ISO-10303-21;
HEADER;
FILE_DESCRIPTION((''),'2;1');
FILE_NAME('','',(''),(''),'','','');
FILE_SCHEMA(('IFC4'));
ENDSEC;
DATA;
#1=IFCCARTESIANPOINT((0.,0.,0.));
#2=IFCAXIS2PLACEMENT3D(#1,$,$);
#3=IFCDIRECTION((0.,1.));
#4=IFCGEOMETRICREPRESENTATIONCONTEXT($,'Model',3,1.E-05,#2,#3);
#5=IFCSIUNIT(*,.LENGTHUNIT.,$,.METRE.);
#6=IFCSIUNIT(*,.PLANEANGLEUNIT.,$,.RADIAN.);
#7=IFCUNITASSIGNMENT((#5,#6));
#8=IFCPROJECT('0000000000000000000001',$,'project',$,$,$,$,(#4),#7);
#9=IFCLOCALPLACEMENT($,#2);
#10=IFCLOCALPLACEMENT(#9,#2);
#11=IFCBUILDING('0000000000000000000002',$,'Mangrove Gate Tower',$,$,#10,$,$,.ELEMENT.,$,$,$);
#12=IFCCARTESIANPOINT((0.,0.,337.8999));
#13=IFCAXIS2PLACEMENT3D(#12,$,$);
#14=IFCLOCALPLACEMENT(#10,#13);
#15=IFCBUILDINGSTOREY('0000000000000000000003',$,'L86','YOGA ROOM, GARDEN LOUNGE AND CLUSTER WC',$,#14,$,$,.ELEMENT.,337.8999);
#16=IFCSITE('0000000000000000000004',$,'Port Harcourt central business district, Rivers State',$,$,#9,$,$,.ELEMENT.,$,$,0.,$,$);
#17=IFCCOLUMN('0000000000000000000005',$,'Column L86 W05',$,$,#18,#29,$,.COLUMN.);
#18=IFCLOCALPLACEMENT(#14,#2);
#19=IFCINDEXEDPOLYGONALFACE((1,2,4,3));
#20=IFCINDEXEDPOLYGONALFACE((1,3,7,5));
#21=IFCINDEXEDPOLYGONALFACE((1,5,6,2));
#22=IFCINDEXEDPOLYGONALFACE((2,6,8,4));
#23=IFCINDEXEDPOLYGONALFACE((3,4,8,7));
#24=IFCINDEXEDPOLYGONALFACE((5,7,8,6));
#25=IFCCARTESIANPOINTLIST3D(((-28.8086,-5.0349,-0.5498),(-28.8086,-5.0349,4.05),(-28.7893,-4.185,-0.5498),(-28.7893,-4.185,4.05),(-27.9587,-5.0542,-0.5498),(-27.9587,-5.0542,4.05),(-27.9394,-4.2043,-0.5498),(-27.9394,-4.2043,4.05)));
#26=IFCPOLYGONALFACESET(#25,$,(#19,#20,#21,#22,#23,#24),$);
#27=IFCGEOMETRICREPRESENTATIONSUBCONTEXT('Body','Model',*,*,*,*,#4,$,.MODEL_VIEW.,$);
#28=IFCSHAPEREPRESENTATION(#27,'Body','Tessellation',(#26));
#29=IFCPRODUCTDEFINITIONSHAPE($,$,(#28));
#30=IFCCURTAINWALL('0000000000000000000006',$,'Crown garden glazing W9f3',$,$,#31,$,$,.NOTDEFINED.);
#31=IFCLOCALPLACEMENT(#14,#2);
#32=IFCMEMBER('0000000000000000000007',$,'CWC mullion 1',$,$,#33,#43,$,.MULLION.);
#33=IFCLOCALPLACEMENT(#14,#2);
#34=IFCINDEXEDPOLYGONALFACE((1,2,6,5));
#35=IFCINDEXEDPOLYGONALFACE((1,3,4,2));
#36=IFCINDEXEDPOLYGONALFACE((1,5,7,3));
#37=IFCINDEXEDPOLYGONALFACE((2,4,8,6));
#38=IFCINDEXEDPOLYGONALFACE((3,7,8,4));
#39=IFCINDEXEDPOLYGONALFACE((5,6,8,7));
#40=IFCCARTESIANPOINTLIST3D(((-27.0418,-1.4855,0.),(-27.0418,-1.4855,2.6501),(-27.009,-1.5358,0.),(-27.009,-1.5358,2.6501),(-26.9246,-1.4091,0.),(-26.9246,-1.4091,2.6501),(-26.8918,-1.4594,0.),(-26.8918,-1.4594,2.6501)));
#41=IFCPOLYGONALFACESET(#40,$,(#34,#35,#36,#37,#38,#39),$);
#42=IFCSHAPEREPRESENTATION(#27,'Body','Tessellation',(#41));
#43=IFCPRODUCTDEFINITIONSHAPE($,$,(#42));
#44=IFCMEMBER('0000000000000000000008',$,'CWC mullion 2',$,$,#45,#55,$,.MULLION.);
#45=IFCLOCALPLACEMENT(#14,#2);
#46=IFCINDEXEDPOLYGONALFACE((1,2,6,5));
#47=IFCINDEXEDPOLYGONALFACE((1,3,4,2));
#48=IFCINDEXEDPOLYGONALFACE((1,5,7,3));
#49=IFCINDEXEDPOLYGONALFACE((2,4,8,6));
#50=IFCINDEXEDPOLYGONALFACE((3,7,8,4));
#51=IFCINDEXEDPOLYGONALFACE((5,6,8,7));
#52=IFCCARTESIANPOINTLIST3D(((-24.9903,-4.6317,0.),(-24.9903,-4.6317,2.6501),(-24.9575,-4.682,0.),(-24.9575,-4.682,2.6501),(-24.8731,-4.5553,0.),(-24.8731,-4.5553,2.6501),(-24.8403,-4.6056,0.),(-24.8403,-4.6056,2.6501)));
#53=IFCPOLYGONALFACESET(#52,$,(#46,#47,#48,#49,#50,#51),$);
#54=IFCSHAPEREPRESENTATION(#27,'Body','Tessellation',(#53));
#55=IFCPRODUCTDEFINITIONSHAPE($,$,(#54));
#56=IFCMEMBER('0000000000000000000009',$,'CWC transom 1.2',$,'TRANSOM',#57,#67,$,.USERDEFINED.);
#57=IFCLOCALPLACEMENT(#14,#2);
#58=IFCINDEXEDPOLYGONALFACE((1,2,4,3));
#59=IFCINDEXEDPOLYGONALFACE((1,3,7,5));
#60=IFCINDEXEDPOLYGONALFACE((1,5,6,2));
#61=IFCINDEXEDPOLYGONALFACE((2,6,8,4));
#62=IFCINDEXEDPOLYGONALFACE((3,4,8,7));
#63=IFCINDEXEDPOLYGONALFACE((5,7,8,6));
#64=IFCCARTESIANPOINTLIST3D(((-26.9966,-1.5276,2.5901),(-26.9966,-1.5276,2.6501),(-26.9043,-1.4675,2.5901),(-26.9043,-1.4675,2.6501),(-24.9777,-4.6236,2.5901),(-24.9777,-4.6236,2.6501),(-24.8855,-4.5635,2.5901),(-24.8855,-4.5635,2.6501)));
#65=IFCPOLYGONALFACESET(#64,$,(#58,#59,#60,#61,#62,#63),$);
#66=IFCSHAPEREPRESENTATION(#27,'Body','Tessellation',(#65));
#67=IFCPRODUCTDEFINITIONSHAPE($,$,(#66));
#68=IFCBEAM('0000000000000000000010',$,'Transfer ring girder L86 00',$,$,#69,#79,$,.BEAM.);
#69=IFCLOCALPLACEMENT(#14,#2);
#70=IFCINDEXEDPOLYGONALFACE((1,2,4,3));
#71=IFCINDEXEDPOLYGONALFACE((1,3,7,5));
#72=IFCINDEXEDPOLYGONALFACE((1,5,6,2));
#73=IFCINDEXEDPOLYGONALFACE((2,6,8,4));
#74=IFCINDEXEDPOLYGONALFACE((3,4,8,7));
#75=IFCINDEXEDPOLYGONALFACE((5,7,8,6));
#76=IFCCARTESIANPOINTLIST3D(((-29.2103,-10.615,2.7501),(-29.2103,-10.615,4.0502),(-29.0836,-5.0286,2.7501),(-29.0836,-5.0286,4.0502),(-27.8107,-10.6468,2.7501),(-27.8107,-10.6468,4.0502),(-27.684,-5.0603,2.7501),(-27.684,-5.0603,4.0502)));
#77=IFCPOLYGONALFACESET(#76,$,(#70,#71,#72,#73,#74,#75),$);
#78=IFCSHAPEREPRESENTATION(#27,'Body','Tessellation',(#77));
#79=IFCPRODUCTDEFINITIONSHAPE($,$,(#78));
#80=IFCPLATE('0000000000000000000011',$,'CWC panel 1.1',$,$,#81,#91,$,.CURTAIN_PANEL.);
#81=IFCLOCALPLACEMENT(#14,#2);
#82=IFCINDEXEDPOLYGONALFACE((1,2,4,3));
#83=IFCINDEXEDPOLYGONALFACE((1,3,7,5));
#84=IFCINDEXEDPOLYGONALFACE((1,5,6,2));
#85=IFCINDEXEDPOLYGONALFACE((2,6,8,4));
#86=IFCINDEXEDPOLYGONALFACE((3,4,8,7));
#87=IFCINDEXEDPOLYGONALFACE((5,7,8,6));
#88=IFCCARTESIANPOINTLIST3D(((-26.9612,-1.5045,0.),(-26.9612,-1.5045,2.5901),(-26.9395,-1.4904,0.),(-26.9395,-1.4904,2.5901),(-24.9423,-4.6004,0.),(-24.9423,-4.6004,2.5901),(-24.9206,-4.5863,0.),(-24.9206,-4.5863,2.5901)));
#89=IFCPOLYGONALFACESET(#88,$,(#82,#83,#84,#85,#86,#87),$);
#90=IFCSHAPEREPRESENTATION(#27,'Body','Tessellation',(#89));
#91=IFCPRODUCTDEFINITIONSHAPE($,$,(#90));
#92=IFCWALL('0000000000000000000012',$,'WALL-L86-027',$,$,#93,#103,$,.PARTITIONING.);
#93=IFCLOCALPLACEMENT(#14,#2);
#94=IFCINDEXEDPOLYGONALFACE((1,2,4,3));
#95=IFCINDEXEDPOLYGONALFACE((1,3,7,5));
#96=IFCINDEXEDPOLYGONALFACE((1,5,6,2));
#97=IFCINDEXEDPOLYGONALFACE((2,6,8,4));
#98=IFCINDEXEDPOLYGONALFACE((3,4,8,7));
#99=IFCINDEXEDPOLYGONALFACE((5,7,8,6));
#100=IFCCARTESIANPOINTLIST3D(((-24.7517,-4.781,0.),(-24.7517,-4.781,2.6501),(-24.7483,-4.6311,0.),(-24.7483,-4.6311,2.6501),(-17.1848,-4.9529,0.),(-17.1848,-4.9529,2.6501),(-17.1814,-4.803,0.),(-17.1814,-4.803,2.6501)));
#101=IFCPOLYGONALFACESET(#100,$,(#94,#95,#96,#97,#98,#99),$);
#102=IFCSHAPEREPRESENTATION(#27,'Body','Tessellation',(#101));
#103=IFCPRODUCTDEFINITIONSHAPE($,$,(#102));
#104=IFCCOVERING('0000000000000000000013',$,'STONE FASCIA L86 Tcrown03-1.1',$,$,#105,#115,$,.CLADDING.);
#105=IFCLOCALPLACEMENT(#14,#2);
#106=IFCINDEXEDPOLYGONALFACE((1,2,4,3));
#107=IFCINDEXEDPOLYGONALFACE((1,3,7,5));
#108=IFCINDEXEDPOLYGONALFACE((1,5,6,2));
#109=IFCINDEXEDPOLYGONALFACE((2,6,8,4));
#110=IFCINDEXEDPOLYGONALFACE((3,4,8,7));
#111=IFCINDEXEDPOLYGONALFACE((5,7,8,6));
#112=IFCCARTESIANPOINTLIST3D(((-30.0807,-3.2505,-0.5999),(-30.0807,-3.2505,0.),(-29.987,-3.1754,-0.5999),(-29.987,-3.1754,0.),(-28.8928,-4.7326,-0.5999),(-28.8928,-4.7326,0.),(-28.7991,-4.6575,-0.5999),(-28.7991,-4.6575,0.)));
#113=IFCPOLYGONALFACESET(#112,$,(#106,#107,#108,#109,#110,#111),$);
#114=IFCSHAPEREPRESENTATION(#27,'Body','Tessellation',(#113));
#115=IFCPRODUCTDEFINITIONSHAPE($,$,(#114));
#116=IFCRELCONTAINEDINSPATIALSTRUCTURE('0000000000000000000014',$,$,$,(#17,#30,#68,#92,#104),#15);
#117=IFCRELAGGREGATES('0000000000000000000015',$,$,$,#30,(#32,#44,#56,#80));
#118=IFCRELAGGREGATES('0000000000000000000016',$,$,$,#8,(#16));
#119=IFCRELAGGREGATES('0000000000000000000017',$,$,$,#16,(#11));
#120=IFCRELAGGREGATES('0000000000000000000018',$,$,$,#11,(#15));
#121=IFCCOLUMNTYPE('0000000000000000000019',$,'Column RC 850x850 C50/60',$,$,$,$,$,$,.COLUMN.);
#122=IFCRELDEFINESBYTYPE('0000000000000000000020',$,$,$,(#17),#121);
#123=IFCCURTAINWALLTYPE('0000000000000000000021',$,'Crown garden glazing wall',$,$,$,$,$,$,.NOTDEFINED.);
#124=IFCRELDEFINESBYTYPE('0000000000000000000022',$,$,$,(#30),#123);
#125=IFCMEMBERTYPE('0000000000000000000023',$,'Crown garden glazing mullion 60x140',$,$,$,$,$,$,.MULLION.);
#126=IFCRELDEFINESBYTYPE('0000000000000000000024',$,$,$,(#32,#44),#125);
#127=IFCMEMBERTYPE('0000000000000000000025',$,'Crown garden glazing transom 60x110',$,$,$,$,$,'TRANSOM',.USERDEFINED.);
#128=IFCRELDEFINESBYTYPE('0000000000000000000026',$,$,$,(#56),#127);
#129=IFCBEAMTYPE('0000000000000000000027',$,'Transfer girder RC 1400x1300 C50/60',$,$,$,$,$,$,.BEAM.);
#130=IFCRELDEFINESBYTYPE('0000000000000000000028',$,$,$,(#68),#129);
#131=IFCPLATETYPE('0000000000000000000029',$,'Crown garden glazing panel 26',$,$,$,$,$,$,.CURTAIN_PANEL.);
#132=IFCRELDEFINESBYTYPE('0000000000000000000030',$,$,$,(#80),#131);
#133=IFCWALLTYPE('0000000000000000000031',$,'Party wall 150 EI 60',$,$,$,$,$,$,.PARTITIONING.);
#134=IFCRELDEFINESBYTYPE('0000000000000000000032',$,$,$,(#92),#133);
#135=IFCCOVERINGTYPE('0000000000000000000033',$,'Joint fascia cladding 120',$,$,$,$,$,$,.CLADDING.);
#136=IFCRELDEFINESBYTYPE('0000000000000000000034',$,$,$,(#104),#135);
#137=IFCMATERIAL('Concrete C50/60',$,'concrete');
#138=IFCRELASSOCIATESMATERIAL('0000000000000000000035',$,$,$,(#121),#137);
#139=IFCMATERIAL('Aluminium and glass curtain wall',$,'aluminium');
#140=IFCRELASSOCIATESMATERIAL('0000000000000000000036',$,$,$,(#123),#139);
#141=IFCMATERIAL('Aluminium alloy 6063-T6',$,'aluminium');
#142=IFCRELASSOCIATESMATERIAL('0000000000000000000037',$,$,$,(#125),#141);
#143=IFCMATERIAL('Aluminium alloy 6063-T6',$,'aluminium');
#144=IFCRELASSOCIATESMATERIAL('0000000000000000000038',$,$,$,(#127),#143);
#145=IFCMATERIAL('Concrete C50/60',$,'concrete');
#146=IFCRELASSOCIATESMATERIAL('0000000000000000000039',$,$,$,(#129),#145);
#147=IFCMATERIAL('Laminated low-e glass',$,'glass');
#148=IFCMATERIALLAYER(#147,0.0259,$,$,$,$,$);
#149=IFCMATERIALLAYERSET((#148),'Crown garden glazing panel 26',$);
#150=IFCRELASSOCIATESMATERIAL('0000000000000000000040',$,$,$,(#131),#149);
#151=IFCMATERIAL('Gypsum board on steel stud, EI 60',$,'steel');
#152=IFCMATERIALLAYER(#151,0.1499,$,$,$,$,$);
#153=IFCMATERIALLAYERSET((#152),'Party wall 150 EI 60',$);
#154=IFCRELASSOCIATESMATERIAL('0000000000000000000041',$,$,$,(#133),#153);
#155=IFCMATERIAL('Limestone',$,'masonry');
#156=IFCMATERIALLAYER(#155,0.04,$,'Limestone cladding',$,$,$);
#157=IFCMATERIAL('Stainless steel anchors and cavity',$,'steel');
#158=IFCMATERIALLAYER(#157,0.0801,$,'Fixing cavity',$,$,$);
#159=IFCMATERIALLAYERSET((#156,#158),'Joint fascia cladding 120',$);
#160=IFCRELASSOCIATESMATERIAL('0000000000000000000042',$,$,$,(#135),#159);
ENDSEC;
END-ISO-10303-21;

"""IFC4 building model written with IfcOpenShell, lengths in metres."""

from ifc_helpers import new_model, si_unit, direction, frame, frame_2d, origin, origin_2d, place, context, subcontext, project, spatial, rectangle, extrude, material, layer, layer_set, material_profile, profile_set, type_object, element, aggregate, save


model = new_model("IFC4")

# Units and contexts
model_context = context("Model", 3, precision=1e-05, world=origin(), true_north=direction((0.0, 1.0)))
body_context = subcontext(model_context, "Body", "Model", "MODEL_VIEW")
ifc_project = project(units=[si_unit("LENGTHUNIT", "METRE"), si_unit("PLANEANGLEUNIT", "RADIAN")], contexts=[model_context])

# Site, building, storey
site_placement = place(None, origin())
site = spatial("IfcSite", under=ifc_project, at=site_placement, Name="Port Harcourt central business district, Rivers State", CompositionType="ELEMENT", RefElevation=0.0)
building_placement = place(site_placement, origin())
building = spatial("IfcBuilding", under=site, at=building_placement, Name="Mangrove Gate Tower", CompositionType="ELEMENT")
storey_placement = place(building_placement, frame((0.0, 0.0, 337.8999)))
storey = spatial("IfcBuildingStorey", under=building, at=storey_placement, Name="L86", Description="YOGA ROOM, GARDEN LOUNGE AND CLUSTER WC", CompositionType="ELEMENT", Elevation=337.8999)

# Column
ifc_material_1 = material(Name="Concrete C50/60", Category="concrete")
ifc_material_profile_1 = material_profile(ifc_material_1, rectangle(XDim=0.8501, YDim=0.8501, at=origin_2d()))
ifc_profile_set_1 = profile_set([ifc_material_profile_1], Name="Concrete C50/60")
column_type = type_object("IfcColumnType", Name="Column RC 850x850 C50/60", PredefinedType="COLUMN", material=ifc_profile_set_1)
column_placement = place(storey_placement, frame((-28.374, -4.6196, -0.5498), z_axis=(0.0, 0.0, 1.0), x_axis=(-0.022687, -0.999743, 0.0)))
element("IfcColumn", 1, at=column_placement, inside=storey, type_object=column_type, Name="Column L86 W05", PredefinedType="COLUMN", context=body_context, shape_type="SweptSolid", body=[
    extrude(rectangle(XDim=0.8501, YDim=0.8501, at=origin_2d()), origin(), (0.0, 0.0, 1.0), 4.5999),
])

# Curtain wall, members
ifc_material_2 = material(Name="Aluminium and glass curtain wall", Category="aluminium")
curtain_wall_type = type_object("IfcCurtainWallType", Name="Crown garden glazing wall", PredefinedType="NOTDEFINED", material=ifc_material_2)
curtain_wall_placement = place(storey_placement, origin())
curtain_wall = element("IfcCurtainWall", 2, at=curtain_wall_placement, inside=storey, type_object=curtain_wall_type, Name="Crown garden glazing W9f3", PredefinedType="NOTDEFINED")
ifc_material_3 = material(Name="Aluminium alloy 6063-T6", Category="aluminium")
ifc_material_profile_2 = material_profile(ifc_material_3, rectangle(XDim=0.0601, YDim=0.1399, at=origin_2d()))
ifc_profile_set_2 = profile_set([ifc_material_profile_2], Name="Aluminium alloy 6063-T6")
member_type_1 = type_object("IfcMemberType", Name="Crown garden glazing mullion 60x140", PredefinedType="MULLION", material=ifc_profile_set_2)
member_1_placement = place(storey_placement, frame((-26.9668, -1.4724, 0.0), z_axis=(0.0, 0.0, 1.0), x_axis=(0.546235, -0.837632, 0.0)))
member_1 = element("IfcMember", 3, at=member_1_placement, type_object=member_type_1, Name="CWC mullion 1", PredefinedType="MULLION", context=body_context, shape_type="SweptSolid", body=[
    extrude(rectangle(XDim=0.0601, YDim=0.1399, at=origin_2d()), origin(), (0.0, 0.0, 1.0), 2.6501),
])
member_2_placement = place(storey_placement, frame((-24.9153, -4.6187, 0.0), z_axis=(0.0, 0.0, 1.0), x_axis=(0.546235, -0.837632, 0.0)))
member_2 = element("IfcMember", 4, at=member_2_placement, type_object=member_type_1, Name="CWC mullion 2", PredefinedType="MULLION", context=body_context, shape_type="SweptSolid", body=[
    extrude(rectangle(XDim=0.0601, YDim=0.1399, at=origin_2d()), origin(), (0.0, 0.0, 1.0), 2.6501),
])
ifc_material_4 = material(Name="Aluminium alloy 6063-T6", Category="aluminium")
ifc_material_profile_3 = material_profile(ifc_material_4, rectangle(XDim=0.0601, YDim=0.1101, at=origin_2d()))
ifc_profile_set_3 = profile_set([ifc_material_profile_3], Name="Aluminium alloy 6063-T6")
member_type_2 = type_object("IfcMemberType", Name="Crown garden glazing transom 60x110", ElementType="TRANSOM", PredefinedType="USERDEFINED", material=ifc_profile_set_3)
member_3_placement = place(storey_placement, frame((-26.9504, -1.4976, 2.6201), z_axis=(0.546211, -0.837647, 0.0), x_axis=(0.0, 0.0, 1.0)))
member_3 = element("IfcMember", 5, at=member_3_placement, type_object=member_type_2, Name="CWC transom 1.2", ObjectType="TRANSOM", PredefinedType="USERDEFINED", context=body_context, shape_type="SweptSolid", body=[
    extrude(rectangle(XDim=0.0601, YDim=0.1101, at=origin_2d()), origin(), (0.0, 0.0, 1.0), 3.696),
])

# Beam
ifc_material_5 = material(Name="Concrete C50/60", Category="concrete")
ifc_material_profile_4 = material_profile(ifc_material_5, rectangle(XDim=1.3999, YDim=1.3, at=origin_2d()))
ifc_profile_set_4 = profile_set([ifc_material_profile_4], Name="Concrete C50/60")
beam_type = type_object("IfcBeamType", Name="Transfer girder RC 1400x1300 C50/60", PredefinedType="BEAM", material=ifc_profile_set_4)
beam_placement = place(storey_placement, frame((-28.3838, -5.0444, 3.4001), z_axis=(-0.022676, -0.999743, 0.0), x_axis=(0.999743, -0.022676, 0.0)))
element("IfcBeam", 6, at=beam_placement, inside=storey, type_object=beam_type, Name="Transfer ring girder L86 00", PredefinedType="BEAM", context=body_context, shape_type="SweptSolid", body=[
    extrude(rectangle(XDim=1.3999, YDim=1.3, at=origin_2d()), origin(), (0.0, 0.0, 1.0), 5.5879),
])

# Plate
ifc_material_6 = material(Name="Laminated low-e glass", Category="glass")
ifc_layer_1 = layer(ifc_material_6, 0.0259)
ifc_layer_set_1 = layer_set([ifc_layer_1], Name="Crown garden glazing panel 26")
plate_type = type_object("IfcPlateType", Name="Crown garden glazing panel 26", PredefinedType="CURTAIN_PANEL", material=ifc_layer_set_1)
plate_placement = place(storey_placement, frame((-25.9409, -3.0454, 0.0), z_axis=(0.0, 0.0, 1.0), x_axis=(0.546235, -0.837632, 0.0)))
plate = element("IfcPlate", 7, at=plate_placement, type_object=plate_type, Name="CWC panel 1.1", PredefinedType="CURTAIN_PANEL", context=body_context, shape_type="SweptSolid", body=[
    extrude(rectangle(XDim=3.696, YDim=0.0259, at=origin_2d()), origin(), (0.0, 0.0, 1.0), 2.5901),
])
aggregate(curtain_wall, [member_1, member_2, member_3, plate])

# Shared definitions
ifc_material_7 = material(Name="Limestone", Category="masonry")

# Wall
ifc_material_8 = material(Name="Gypsum board on steel stud, EI 60", Category="steel")
ifc_layer_2 = layer(ifc_material_8, 0.1499)
ifc_layer_set_2 = layer_set([ifc_layer_2], Name="Party wall 150 EI 60")
wall_type_1 = type_object("IfcWallType", Name="Party wall 150 EI 60", PredefinedType="PARTITIONING", material=ifc_layer_set_2)
wall_1_placement = place(storey_placement, frame((-24.75, -4.7061, 0.0), z_axis=(0.0, 0.0, 1.0), x_axis=(0.999742, -0.022708, 0.0)))
element("IfcWall", 8, at=wall_1_placement, inside=storey, type_object=wall_type_1, Name="WALL-L86-027", PredefinedType="PARTITIONING", context=body_context, shape_type="SweptSolid", body=[
    extrude(rectangle(XDim=7.5688, YDim=0.1499, at=frame_2d((3.7844, 0.0))), origin(), (0.0, 0.0, 1.0), 2.6501),
])

# Covering
ifc_layer_3 = layer(ifc_material_7, 0.04, Name="Limestone cladding")
ifc_material_9 = material(Name="Stainless steel anchors and cavity", Category="steel")
ifc_layer_4 = layer(ifc_material_9, 0.0801, Name="Fixing cavity")
ifc_layer_set_3 = layer_set([ifc_layer_3, ifc_layer_4], Name="Joint fascia cladding 120")
covering_type = type_object("IfcCoveringType", Name="Joint fascia cladding 120", PredefinedType="CLADDING", material=ifc_layer_set_3)
covering_placement = place(storey_placement, frame((-28.8459, -4.6951, -0.5999), z_axis=(0.0, 0.0, 1.0), x_axis=(-0.625416, 0.780292, 0.0)))
element("IfcCovering", 9, at=covering_placement, inside=storey, type_object=covering_type, Name="STONE FASCIA L86 Tcrown03-1.1", PredefinedType="CLADDING", context=body_context, shape_type="SweptSolid", body=[
    extrude(rectangle(XDim=1.8994, YDim=0.1201, at=frame_2d((0.9497, 0.0))), origin(), (0.0, 0.0, 1.0), 0.5999),
])

save(model, "model.ifc")
